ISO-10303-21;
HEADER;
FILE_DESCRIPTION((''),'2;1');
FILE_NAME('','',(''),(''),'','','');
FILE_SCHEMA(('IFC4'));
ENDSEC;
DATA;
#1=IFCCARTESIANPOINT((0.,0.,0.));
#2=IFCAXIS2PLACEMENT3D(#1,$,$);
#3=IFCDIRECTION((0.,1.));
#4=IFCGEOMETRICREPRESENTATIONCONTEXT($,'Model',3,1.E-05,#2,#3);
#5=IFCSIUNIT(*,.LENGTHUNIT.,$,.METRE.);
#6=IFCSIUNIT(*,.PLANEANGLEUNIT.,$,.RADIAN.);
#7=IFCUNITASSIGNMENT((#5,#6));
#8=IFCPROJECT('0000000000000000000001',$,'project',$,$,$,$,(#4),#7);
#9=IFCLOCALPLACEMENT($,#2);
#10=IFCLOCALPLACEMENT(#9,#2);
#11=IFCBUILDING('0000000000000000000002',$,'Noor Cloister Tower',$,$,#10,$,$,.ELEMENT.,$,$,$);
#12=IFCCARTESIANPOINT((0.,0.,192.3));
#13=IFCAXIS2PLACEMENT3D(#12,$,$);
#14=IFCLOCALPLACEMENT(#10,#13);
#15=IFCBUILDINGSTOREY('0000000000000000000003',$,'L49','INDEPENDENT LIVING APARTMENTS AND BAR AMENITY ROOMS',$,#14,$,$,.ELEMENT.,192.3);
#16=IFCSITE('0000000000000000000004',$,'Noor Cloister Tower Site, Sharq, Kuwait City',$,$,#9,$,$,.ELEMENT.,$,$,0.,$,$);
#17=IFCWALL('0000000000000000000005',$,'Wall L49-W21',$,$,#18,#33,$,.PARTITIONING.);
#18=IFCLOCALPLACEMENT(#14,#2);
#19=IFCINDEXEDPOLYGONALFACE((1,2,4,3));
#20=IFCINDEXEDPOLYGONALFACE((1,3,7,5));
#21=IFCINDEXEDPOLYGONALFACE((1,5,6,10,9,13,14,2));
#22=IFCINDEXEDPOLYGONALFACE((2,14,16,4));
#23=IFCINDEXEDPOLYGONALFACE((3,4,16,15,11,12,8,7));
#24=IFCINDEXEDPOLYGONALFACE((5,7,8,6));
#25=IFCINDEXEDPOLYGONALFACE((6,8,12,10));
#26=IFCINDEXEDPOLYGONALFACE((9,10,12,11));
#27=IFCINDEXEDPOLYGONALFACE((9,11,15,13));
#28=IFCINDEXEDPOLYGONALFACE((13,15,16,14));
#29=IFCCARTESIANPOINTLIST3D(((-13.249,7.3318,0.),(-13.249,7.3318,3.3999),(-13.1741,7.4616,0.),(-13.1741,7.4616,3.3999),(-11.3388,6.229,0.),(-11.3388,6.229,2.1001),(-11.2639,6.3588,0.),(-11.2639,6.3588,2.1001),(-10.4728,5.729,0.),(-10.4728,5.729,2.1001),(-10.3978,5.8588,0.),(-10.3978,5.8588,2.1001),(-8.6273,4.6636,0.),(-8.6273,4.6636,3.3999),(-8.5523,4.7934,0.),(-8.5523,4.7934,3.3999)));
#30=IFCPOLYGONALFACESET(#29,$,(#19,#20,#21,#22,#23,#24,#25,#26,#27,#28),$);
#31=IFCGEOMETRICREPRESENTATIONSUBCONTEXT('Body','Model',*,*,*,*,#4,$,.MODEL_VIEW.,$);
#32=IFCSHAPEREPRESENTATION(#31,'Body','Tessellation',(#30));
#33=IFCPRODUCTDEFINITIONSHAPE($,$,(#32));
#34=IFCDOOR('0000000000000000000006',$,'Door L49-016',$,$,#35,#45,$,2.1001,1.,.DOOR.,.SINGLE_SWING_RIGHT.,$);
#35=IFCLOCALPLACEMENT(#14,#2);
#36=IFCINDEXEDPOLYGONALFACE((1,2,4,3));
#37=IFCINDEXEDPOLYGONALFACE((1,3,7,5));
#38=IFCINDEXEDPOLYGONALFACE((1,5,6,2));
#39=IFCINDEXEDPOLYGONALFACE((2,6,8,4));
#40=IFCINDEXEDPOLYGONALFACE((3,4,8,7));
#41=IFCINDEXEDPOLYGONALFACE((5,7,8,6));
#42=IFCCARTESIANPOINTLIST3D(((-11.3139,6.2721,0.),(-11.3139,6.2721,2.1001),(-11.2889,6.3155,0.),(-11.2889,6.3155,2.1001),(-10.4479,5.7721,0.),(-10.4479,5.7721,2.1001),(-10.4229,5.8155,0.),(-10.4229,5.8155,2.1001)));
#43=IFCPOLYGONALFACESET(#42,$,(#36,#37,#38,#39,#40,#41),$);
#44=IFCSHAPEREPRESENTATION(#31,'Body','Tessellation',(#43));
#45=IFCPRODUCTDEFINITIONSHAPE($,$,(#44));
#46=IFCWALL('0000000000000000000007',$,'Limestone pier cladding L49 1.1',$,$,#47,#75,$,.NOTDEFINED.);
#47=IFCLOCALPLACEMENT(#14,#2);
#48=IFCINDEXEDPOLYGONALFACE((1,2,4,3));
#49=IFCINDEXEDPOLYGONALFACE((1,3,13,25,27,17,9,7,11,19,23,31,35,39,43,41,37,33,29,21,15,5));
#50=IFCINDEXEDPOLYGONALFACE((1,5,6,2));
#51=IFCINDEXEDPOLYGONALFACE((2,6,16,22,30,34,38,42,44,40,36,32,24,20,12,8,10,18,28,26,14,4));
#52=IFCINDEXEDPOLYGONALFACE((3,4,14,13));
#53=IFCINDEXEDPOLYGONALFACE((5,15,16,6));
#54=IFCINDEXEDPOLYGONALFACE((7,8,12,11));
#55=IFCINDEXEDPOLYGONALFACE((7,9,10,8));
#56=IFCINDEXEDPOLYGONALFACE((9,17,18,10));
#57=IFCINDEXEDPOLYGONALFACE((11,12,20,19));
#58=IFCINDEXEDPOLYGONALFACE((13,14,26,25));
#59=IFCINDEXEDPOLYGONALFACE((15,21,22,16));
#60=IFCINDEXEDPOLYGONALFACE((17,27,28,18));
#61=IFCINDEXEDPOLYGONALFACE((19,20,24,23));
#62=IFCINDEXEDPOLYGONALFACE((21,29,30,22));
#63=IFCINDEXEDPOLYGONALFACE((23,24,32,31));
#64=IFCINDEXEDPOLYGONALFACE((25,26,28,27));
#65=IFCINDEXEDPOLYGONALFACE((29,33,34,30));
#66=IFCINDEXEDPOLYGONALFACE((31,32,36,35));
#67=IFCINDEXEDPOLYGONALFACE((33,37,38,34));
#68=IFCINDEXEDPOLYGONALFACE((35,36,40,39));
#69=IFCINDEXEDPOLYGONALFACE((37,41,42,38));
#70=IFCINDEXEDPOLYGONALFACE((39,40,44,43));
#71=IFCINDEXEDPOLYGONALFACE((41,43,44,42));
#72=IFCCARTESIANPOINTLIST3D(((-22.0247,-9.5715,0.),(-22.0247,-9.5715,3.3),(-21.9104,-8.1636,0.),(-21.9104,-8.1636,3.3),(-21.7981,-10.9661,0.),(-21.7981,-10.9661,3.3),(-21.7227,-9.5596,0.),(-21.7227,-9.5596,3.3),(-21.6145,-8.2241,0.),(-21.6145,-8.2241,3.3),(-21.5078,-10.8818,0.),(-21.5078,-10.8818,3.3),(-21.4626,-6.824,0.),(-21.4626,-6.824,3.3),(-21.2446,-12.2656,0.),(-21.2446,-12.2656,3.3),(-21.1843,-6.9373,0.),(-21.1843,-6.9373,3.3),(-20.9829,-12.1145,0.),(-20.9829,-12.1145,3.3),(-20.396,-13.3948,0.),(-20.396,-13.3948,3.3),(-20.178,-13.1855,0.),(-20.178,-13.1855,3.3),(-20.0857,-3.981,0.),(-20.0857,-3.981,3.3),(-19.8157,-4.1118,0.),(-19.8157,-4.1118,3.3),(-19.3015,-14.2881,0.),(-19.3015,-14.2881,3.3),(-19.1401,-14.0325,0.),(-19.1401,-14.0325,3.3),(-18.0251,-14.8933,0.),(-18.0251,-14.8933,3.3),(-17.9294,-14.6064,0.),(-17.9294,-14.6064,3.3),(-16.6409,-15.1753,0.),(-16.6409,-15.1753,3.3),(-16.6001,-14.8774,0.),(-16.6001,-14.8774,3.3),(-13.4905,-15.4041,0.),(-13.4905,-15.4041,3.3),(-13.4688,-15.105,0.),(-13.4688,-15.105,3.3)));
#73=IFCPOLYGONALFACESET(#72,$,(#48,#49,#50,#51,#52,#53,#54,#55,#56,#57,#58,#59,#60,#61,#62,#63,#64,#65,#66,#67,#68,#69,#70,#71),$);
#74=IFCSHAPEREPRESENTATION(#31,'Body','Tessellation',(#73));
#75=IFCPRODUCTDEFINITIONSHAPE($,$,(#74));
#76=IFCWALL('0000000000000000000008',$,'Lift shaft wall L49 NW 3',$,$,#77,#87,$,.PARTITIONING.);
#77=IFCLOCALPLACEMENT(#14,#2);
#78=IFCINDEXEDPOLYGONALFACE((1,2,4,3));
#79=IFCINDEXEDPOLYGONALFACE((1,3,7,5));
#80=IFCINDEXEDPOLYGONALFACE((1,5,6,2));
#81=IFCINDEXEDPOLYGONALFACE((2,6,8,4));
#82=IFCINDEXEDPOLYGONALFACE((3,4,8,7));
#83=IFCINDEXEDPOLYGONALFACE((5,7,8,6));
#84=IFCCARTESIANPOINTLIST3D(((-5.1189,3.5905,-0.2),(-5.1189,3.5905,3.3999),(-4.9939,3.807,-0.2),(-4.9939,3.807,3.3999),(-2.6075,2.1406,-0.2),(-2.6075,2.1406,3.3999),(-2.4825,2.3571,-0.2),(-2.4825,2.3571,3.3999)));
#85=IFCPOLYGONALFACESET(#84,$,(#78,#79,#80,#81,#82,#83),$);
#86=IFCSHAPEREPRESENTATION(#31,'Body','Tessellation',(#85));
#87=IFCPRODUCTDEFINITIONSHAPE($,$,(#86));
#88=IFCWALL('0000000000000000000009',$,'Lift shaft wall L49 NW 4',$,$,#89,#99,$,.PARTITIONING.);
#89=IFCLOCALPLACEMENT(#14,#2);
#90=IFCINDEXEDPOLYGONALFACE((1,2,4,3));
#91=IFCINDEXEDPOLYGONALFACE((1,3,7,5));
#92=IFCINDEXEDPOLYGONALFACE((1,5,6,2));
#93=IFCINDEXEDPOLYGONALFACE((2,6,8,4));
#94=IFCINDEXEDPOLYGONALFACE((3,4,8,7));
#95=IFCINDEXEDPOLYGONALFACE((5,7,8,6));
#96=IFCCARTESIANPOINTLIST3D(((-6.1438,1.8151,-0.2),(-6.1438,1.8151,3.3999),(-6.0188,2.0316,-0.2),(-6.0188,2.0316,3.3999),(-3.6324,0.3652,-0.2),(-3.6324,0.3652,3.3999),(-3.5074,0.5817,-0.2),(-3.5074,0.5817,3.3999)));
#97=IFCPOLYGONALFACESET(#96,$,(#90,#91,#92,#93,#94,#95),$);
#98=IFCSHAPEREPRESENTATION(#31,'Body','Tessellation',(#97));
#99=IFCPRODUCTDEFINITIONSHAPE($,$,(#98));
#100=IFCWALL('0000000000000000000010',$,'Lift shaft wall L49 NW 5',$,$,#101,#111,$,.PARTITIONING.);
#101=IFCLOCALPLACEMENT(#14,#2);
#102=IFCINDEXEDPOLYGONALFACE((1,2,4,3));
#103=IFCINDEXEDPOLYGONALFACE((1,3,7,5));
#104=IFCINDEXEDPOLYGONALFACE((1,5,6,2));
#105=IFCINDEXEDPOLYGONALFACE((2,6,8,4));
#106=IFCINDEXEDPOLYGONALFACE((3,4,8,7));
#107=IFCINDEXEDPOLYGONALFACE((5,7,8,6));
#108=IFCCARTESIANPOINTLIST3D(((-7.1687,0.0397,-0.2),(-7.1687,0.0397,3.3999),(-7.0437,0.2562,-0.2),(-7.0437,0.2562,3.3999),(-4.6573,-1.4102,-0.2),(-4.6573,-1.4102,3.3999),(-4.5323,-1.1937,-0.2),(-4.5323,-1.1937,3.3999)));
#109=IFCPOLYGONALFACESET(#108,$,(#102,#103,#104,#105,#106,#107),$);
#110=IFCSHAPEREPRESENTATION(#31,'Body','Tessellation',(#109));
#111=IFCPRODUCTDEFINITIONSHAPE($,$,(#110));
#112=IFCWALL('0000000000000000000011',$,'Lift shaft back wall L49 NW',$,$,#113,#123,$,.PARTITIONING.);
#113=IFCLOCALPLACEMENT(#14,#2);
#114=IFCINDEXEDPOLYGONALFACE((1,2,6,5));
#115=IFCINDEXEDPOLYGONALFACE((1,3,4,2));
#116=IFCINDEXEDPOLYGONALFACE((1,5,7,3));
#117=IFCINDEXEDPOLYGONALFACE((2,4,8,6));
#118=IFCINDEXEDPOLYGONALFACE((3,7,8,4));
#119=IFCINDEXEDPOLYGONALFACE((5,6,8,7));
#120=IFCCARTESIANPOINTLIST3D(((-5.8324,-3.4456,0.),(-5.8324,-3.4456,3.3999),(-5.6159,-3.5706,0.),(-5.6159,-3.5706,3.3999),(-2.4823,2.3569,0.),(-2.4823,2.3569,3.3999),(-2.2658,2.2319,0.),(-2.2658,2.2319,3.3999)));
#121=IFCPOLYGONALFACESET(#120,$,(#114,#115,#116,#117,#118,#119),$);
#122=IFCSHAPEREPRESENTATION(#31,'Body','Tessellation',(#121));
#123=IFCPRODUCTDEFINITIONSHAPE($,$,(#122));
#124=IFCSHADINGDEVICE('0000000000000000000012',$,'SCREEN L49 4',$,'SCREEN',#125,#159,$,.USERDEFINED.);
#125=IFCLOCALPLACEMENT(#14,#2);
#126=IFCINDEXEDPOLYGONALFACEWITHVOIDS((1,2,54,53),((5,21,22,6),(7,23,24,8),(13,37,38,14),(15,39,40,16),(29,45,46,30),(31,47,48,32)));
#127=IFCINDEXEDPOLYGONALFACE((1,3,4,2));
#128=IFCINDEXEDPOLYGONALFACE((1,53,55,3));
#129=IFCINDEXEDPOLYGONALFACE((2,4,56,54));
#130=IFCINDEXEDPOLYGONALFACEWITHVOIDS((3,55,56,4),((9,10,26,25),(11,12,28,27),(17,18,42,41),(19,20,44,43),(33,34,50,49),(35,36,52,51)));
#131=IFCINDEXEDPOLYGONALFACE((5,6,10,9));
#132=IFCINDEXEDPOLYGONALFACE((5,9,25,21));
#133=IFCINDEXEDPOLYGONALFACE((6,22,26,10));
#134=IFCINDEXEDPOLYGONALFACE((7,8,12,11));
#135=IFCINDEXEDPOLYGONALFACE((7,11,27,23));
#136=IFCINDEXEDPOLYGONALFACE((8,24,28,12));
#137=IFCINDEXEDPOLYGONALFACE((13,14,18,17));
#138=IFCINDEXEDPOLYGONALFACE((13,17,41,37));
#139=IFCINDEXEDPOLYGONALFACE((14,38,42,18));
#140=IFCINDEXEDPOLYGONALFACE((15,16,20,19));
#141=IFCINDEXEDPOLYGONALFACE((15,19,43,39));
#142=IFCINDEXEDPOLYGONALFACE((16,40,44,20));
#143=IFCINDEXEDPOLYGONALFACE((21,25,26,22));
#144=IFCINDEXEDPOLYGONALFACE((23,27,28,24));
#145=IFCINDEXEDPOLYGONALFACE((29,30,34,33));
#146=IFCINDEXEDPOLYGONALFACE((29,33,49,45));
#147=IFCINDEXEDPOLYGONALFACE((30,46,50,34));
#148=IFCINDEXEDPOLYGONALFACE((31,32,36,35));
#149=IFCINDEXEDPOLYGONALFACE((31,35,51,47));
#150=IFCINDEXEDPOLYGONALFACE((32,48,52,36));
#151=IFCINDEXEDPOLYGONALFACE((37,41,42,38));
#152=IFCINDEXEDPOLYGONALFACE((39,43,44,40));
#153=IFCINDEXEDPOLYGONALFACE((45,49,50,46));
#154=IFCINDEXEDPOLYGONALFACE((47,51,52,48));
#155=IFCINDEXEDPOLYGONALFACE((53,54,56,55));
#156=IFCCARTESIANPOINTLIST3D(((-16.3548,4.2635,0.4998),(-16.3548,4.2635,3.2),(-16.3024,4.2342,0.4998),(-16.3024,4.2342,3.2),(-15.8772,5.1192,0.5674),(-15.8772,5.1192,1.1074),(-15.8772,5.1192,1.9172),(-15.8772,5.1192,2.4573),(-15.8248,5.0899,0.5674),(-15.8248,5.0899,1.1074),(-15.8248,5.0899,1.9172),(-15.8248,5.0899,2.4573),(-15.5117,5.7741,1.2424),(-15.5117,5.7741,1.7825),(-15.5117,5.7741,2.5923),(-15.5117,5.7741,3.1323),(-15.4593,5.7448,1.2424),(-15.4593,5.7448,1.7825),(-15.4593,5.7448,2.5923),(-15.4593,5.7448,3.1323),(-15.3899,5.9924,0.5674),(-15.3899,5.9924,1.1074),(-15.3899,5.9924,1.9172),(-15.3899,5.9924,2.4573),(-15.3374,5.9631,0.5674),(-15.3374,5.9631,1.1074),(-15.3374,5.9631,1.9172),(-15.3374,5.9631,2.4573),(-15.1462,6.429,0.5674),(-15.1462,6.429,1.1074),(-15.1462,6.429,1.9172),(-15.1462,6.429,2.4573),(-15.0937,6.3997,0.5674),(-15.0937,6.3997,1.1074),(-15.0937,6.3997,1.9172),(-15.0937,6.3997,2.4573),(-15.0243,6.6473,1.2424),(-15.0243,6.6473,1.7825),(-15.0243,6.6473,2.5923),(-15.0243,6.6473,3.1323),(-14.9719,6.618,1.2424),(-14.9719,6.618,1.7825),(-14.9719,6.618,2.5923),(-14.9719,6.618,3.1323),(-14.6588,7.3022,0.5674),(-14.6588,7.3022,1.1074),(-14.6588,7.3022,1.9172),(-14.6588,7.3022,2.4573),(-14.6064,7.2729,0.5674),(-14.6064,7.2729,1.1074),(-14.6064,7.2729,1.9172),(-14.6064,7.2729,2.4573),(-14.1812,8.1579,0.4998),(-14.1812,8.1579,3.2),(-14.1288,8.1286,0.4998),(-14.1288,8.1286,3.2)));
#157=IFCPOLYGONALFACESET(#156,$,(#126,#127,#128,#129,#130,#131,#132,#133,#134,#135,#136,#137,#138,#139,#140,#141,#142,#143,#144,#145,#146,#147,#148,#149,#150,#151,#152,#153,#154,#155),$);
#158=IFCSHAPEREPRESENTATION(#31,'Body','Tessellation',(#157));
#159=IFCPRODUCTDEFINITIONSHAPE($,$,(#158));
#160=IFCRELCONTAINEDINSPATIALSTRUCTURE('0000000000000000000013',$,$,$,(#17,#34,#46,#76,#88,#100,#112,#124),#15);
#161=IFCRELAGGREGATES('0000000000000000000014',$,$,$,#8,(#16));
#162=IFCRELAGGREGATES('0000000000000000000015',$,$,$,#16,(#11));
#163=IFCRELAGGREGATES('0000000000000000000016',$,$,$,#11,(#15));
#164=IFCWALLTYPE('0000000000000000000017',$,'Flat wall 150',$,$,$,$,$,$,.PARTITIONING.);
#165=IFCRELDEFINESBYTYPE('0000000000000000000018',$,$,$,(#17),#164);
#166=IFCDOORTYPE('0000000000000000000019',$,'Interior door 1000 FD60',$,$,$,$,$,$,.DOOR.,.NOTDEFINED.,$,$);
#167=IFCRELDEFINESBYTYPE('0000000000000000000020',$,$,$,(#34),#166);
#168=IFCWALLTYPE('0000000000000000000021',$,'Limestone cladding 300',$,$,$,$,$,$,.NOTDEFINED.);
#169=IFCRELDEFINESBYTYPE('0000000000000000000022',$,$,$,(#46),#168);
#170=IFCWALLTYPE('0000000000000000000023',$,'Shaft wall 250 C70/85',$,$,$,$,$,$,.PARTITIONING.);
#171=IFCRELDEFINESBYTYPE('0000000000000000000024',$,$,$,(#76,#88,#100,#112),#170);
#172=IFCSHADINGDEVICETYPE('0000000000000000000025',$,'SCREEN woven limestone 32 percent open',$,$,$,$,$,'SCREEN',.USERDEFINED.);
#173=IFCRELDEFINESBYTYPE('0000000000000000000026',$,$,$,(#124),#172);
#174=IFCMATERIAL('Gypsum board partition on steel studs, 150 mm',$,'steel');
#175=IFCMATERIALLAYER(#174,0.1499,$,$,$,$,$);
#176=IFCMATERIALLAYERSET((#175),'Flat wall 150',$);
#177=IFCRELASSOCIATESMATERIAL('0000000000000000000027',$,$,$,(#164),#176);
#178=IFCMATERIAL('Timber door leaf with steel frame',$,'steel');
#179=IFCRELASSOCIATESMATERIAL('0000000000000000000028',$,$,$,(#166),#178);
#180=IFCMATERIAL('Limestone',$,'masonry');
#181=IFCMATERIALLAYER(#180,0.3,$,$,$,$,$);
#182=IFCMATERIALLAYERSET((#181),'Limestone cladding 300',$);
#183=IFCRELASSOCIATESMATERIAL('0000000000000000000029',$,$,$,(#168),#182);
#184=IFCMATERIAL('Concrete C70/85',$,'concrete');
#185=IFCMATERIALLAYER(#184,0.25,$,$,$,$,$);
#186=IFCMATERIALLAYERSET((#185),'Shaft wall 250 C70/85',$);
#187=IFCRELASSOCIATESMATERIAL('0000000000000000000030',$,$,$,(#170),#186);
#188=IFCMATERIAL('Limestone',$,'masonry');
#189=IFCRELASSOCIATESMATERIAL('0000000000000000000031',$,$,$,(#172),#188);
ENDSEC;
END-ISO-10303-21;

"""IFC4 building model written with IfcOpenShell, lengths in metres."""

from ifc_helpers import new_model, si_unit, direction, frame, frame_2d, origin, place, context, subcontext, project, spatial, polyline, rectangle, outline, extrude, material, layer, layer_set, material_profile, profile_set, type_object, element, fill, save


model = new_model("IFC4")

# Units and contexts
model_context = context("Model", 3, precision=1e-05, world=origin(), true_north=direction((0.0, 1.0)))
body_context = subcontext(model_context, "Body", "Model", "MODEL_VIEW")
ifc_project = project(units=[si_unit("LENGTHUNIT", "METRE"), si_unit("PLANEANGLEUNIT", "RADIAN")], contexts=[model_context])

# Site, building, storey
site_placement = place(None, origin())
site = spatial("IfcSite", under=ifc_project, at=site_placement, Name="Noor Cloister Tower Site, Sharq, Kuwait City", CompositionType="ELEMENT", RefElevation=0.0)
building_placement = place(site_placement, origin())
building = spatial("IfcBuilding", under=site, at=building_placement, Name="Noor Cloister Tower", CompositionType="ELEMENT")
storey_placement = place(building_placement, frame((0.0, 0.0, 192.3)))
storey = spatial("IfcBuildingStorey", under=building, at=storey_placement, Name="L49", Description="INDEPENDENT LIVING APARTMENTS AND BAR AMENITY ROOMS", CompositionType="ELEMENT", Elevation=192.3)

# Wall, opening, door
ifc_material_1 = material(Name="Gypsum board partition on steel studs, 150 mm", Category="steel")
ifc_layer_1 = layer(ifc_material_1, 0.1499)
ifc_layer_set_1 = layer_set([ifc_layer_1], Name="Flat wall 150")
wall_type_1 = type_object("IfcWallType", Name="Flat wall 150", PredefinedType="PARTITIONING", material=ifc_layer_set_1)
wall_1_placement = place(storey_placement, frame((-13.2117, 7.3967, 0.0), z_axis=(0.0, 0.0, 1.0), x_axis=(0.866042, -0.499972, 0.0)))
wall_1 = element("IfcWall", 1, at=wall_1_placement, inside=storey, type_object=wall_type_1, Name="Wall L49-W21", PredefinedType="PARTITIONING", context=body_context, shape_type="SweptSolid", body=[
    extrude(rectangle(XDim=5.3367, YDim=0.1499, at=frame_2d((2.6685, 0.0))), origin(), (0.0, 0.0, 1.0), 3.3999),
])
opening_1_placement = place(wall_1_placement, frame((2.2058, 0.0, 0.0)))
opening_1 = element("IfcOpeningElement", 2, at=opening_1_placement, cuts=wall_1, PredefinedType="OPENING", context=body_context, shape_type="SweptSolid", body=[
    extrude(rectangle(XDim=1.0, YDim=2.1001, at=frame_2d((0.5, 1.05))), frame((0.0, 0.085, 0.0), z_axis=(0.0, -1.0, 0.0), x_axis=(1.0, 0.0, 0.0)), (0.0, 0.0, 1.0), 0.1699),
])
ifc_material_2 = material(Name="Timber door leaf with steel frame", Category="steel")
door_type_1 = type_object("IfcDoorType", Name="Interior door 1000 FD60", OperationType="NOTDEFINED", PredefinedType="DOOR", material=ifc_material_2)
door_1_placement = place(opening_1_placement, origin())
door_1 = element("IfcDoor", 3, at=door_1_placement, inside=storey, type_object=door_type_1, Name="Door L49-016", OperationType="SINGLE_SWING_RIGHT", OverallHeight=2.1001, OverallWidth=1.0, PredefinedType="DOOR", context=body_context, shape_type="SweptSolid", body=[
    extrude(rectangle(XDim=1.0, YDim=2.1001, at=frame_2d((0.5, 1.05))), frame((0.0, 0.0249, 0.0), z_axis=(0.0, -1.0, 0.0), x_axis=(1.0, 0.0, 0.0)), (0.0, 0.0, 1.0), 0.05),
])
fill(opening_1, door_1)

# Walls
ifc_material_3 = material(Name="Limestone", Category="masonry")
ifc_layer_2 = layer(ifc_material_3, 0.3)
ifc_layer_set_2 = layer_set([ifc_layer_2], Name="Limestone cladding 300")
wall_type_2 = type_object("IfcWallType", Name="Limestone cladding 300", PredefinedType="NOTDEFINED", material=ifc_layer_set_2)
wall_2_placement = place(storey_placement, origin())
element("IfcWall", 4, at=wall_2_placement, inside=storey, type_object=wall_type_2, Name="Limestone pier cladding L49 1.1", PredefinedType="NOTDEFINED", context=body_context, shape_type="SweptSolid", body=[
    extrude(outline(polyline([(-20.0857, -3.981), (-21.4626, -6.824), (-21.9104, -8.1636), (-22.0247, -9.5715), (-21.7981, -10.9661), (-21.2446, -12.2656), (-20.396, -13.3948), (-19.3015, -14.2881), (-18.0251, -14.8933), (-16.6409, -15.1753), (-13.4905, -15.4041), (-13.4688, -15.105), (-16.6001, -14.8774), (-17.9294, -14.6064), (-19.1401, -14.0325), (-20.178, -13.1855), (-20.9829, -12.1145), (-21.5078, -10.8818), (-21.7227, -9.5596), (-21.6145, -8.2241), (-21.1843, -6.9373), (-19.8157, -4.1118), (-20.0857, -3.981)])), origin(), (0.0, 0.0, 1.0), 3.3),
])
ifc_material_4 = material(Name="Concrete C70/85", Category="concrete")
ifc_layer_3 = layer(ifc_material_4, 0.25)
ifc_layer_set_3 = layer_set([ifc_layer_3], Name="Shaft wall 250 C70/85")
wall_type_3 = type_object("IfcWallType", Name="Shaft wall 250 C70/85", PredefinedType="PARTITIONING", material=ifc_layer_set_3)
for number, where, z_axis, x_axis, name in (
    (5, (-5.0564, 3.6987, -0.2), (0.0, 0.0, 1.0), (0.866033, -0.499987, 0.0), "Lift shaft wall L49 NW 3"),
    (6, (-6.0813, 1.9233, -0.2), (0.0, 0.0, 1.0), (0.866033, -0.499987, 0.0), "Lift shaft wall L49 NW 4"),
    (7, (-7.1062, 0.1479, -0.2), (0.0, 0.0, 1.0), (0.866033, -0.499987, 0.0), "Lift shaft wall L49 NW 5"),
):
    element("IfcWall", number, at=place(storey_placement, frame(where, z_axis=z_axis, x_axis=x_axis)), inside=storey, type_object=wall_type_3, Name=name, PredefinedType="PARTITIONING", context=body_context, shape_type="SweptSolid", body=[
        extrude(rectangle(XDim=2.8999, YDim=0.25, at=frame_2d((1.45, 0.0))), origin(), (0.0, 0.0, 1.0), 3.5999),
    ])
wall_3_placement = place(storey_placement, frame((-2.374, 2.2944, 0.0), z_axis=(0.0, 0.0, 1.0), x_axis=(-0.500003, -0.866024, 0.0)))
element("IfcWall", 8, at=wall_3_placement, inside=storey, type_object=wall_type_3, Name="Lift shaft back wall L49 NW", PredefinedType="PARTITIONING", context=body_context, shape_type="SweptSolid", body=[
    extrude(rectangle(XDim=6.7002, YDim=0.25, at=frame_2d((3.3501, 0.0))), origin(), (0.0, 0.0, 1.0), 3.3999),
])

# Shading device
ifc_material_5 = material(Name="Limestone", Category="masonry")
ifc_material_profile_1 = material_profile(ifc_material_5, outline(polyline([(-2.23, -1.3501), (2.23, -1.3501), (2.23, 1.3501), (-2.23, 1.3501), (-2.23, -1.3501)]), holes=[polyline([(-1.25, -1.2825), (-0.25, -1.2825), (-0.25, -0.7424), (-1.25, -0.7424), (-1.25, -1.2825)]), polyline([(0.25, -1.2825), (1.25, -1.2825), (1.25, -0.7424), (0.25, -0.7424), (0.25, -1.2825)]), polyline([(-0.5, -0.6074), (0.5, -0.6074), (0.5, -0.0674), (-0.5, -0.0674), (-0.5, -0.6074)]), polyline([(-1.25, 0.0674), (-0.25, 0.0674), (-0.25, 0.6074), (-1.25, 0.6074), (-1.25, 0.0674)]), polyline([(0.25, 0.0674), (1.25, 0.0674), (1.25, 0.6074), (0.25, 0.6074), (0.25, 0.0674)]), polyline([(-0.5, 0.7424), (0.5, 0.7424), (0.5, 1.2825), (-0.5, 1.2825), (-0.5, 0.7424)])]), Name="Woven screen 32 percent open")
ifc_profile_set_1 = profile_set([ifc_material_profile_1], Name="Limestone")
shading_device_type = type_object("IfcShadingDeviceType", Name="SCREEN woven limestone 32 percent open", ElementType="SCREEN", PredefinedType="USERDEFINED", material=ifc_profile_set_1)
for number, where, z_axis, x_axis, name in (
    (9, (-15.2156, 6.1814, 1.8499), (-0.873198, 0.487366, 0.0), (-0.487366, -0.873198, 0.0), "SCREEN L49 4"),
):
    element("IfcShadingDevice", number, at=place(storey_placement, frame(where, z_axis=z_axis, x_axis=x_axis)), inside=storey, type_object=shading_device_type, Name=name, ObjectType="SCREEN", PredefinedType="USERDEFINED", context=body_context, shape_type="SweptSolid", body=[
        extrude(outline(polyline([(-2.23, -1.3501), (2.23, -1.3501), (2.23, 1.3501), (-2.23, 1.3501), (-2.23, -1.3501)]), holes=[polyline([(-1.25, -1.2825), (-0.25, -1.2825), (-0.25, -0.7424), (-1.25, -0.7424), (-1.25, -1.2825)]), polyline([(0.25, -1.2825), (1.25, -1.2825), (1.25, -0.7424), (0.25, -0.7424), (0.25, -1.2825)]), polyline([(-0.5, -0.6074), (0.5, -0.6074), (0.5, -0.0674), (-0.5, -0.0674), (-0.5, -0.6074)]), polyline([(-1.25, 0.0674), (-0.25, 0.0674), (-0.25, 0.6074), (-1.25, 0.6074), (-1.25, 0.0674)]), polyline([(0.25, 0.0674), (1.25, 0.0674), (1.25, 0.6074), (0.25, 0.6074), (0.25, 0.0674)]), polyline([(-0.5, 0.7424), (0.5, 0.7424), (0.5, 1.2825), (-0.5, 1.2825), (-0.5, 0.7424)])]), origin(), (0.0, 0.0, 1.0), 0.0601),
    ])

save(model, "model.ifc")
